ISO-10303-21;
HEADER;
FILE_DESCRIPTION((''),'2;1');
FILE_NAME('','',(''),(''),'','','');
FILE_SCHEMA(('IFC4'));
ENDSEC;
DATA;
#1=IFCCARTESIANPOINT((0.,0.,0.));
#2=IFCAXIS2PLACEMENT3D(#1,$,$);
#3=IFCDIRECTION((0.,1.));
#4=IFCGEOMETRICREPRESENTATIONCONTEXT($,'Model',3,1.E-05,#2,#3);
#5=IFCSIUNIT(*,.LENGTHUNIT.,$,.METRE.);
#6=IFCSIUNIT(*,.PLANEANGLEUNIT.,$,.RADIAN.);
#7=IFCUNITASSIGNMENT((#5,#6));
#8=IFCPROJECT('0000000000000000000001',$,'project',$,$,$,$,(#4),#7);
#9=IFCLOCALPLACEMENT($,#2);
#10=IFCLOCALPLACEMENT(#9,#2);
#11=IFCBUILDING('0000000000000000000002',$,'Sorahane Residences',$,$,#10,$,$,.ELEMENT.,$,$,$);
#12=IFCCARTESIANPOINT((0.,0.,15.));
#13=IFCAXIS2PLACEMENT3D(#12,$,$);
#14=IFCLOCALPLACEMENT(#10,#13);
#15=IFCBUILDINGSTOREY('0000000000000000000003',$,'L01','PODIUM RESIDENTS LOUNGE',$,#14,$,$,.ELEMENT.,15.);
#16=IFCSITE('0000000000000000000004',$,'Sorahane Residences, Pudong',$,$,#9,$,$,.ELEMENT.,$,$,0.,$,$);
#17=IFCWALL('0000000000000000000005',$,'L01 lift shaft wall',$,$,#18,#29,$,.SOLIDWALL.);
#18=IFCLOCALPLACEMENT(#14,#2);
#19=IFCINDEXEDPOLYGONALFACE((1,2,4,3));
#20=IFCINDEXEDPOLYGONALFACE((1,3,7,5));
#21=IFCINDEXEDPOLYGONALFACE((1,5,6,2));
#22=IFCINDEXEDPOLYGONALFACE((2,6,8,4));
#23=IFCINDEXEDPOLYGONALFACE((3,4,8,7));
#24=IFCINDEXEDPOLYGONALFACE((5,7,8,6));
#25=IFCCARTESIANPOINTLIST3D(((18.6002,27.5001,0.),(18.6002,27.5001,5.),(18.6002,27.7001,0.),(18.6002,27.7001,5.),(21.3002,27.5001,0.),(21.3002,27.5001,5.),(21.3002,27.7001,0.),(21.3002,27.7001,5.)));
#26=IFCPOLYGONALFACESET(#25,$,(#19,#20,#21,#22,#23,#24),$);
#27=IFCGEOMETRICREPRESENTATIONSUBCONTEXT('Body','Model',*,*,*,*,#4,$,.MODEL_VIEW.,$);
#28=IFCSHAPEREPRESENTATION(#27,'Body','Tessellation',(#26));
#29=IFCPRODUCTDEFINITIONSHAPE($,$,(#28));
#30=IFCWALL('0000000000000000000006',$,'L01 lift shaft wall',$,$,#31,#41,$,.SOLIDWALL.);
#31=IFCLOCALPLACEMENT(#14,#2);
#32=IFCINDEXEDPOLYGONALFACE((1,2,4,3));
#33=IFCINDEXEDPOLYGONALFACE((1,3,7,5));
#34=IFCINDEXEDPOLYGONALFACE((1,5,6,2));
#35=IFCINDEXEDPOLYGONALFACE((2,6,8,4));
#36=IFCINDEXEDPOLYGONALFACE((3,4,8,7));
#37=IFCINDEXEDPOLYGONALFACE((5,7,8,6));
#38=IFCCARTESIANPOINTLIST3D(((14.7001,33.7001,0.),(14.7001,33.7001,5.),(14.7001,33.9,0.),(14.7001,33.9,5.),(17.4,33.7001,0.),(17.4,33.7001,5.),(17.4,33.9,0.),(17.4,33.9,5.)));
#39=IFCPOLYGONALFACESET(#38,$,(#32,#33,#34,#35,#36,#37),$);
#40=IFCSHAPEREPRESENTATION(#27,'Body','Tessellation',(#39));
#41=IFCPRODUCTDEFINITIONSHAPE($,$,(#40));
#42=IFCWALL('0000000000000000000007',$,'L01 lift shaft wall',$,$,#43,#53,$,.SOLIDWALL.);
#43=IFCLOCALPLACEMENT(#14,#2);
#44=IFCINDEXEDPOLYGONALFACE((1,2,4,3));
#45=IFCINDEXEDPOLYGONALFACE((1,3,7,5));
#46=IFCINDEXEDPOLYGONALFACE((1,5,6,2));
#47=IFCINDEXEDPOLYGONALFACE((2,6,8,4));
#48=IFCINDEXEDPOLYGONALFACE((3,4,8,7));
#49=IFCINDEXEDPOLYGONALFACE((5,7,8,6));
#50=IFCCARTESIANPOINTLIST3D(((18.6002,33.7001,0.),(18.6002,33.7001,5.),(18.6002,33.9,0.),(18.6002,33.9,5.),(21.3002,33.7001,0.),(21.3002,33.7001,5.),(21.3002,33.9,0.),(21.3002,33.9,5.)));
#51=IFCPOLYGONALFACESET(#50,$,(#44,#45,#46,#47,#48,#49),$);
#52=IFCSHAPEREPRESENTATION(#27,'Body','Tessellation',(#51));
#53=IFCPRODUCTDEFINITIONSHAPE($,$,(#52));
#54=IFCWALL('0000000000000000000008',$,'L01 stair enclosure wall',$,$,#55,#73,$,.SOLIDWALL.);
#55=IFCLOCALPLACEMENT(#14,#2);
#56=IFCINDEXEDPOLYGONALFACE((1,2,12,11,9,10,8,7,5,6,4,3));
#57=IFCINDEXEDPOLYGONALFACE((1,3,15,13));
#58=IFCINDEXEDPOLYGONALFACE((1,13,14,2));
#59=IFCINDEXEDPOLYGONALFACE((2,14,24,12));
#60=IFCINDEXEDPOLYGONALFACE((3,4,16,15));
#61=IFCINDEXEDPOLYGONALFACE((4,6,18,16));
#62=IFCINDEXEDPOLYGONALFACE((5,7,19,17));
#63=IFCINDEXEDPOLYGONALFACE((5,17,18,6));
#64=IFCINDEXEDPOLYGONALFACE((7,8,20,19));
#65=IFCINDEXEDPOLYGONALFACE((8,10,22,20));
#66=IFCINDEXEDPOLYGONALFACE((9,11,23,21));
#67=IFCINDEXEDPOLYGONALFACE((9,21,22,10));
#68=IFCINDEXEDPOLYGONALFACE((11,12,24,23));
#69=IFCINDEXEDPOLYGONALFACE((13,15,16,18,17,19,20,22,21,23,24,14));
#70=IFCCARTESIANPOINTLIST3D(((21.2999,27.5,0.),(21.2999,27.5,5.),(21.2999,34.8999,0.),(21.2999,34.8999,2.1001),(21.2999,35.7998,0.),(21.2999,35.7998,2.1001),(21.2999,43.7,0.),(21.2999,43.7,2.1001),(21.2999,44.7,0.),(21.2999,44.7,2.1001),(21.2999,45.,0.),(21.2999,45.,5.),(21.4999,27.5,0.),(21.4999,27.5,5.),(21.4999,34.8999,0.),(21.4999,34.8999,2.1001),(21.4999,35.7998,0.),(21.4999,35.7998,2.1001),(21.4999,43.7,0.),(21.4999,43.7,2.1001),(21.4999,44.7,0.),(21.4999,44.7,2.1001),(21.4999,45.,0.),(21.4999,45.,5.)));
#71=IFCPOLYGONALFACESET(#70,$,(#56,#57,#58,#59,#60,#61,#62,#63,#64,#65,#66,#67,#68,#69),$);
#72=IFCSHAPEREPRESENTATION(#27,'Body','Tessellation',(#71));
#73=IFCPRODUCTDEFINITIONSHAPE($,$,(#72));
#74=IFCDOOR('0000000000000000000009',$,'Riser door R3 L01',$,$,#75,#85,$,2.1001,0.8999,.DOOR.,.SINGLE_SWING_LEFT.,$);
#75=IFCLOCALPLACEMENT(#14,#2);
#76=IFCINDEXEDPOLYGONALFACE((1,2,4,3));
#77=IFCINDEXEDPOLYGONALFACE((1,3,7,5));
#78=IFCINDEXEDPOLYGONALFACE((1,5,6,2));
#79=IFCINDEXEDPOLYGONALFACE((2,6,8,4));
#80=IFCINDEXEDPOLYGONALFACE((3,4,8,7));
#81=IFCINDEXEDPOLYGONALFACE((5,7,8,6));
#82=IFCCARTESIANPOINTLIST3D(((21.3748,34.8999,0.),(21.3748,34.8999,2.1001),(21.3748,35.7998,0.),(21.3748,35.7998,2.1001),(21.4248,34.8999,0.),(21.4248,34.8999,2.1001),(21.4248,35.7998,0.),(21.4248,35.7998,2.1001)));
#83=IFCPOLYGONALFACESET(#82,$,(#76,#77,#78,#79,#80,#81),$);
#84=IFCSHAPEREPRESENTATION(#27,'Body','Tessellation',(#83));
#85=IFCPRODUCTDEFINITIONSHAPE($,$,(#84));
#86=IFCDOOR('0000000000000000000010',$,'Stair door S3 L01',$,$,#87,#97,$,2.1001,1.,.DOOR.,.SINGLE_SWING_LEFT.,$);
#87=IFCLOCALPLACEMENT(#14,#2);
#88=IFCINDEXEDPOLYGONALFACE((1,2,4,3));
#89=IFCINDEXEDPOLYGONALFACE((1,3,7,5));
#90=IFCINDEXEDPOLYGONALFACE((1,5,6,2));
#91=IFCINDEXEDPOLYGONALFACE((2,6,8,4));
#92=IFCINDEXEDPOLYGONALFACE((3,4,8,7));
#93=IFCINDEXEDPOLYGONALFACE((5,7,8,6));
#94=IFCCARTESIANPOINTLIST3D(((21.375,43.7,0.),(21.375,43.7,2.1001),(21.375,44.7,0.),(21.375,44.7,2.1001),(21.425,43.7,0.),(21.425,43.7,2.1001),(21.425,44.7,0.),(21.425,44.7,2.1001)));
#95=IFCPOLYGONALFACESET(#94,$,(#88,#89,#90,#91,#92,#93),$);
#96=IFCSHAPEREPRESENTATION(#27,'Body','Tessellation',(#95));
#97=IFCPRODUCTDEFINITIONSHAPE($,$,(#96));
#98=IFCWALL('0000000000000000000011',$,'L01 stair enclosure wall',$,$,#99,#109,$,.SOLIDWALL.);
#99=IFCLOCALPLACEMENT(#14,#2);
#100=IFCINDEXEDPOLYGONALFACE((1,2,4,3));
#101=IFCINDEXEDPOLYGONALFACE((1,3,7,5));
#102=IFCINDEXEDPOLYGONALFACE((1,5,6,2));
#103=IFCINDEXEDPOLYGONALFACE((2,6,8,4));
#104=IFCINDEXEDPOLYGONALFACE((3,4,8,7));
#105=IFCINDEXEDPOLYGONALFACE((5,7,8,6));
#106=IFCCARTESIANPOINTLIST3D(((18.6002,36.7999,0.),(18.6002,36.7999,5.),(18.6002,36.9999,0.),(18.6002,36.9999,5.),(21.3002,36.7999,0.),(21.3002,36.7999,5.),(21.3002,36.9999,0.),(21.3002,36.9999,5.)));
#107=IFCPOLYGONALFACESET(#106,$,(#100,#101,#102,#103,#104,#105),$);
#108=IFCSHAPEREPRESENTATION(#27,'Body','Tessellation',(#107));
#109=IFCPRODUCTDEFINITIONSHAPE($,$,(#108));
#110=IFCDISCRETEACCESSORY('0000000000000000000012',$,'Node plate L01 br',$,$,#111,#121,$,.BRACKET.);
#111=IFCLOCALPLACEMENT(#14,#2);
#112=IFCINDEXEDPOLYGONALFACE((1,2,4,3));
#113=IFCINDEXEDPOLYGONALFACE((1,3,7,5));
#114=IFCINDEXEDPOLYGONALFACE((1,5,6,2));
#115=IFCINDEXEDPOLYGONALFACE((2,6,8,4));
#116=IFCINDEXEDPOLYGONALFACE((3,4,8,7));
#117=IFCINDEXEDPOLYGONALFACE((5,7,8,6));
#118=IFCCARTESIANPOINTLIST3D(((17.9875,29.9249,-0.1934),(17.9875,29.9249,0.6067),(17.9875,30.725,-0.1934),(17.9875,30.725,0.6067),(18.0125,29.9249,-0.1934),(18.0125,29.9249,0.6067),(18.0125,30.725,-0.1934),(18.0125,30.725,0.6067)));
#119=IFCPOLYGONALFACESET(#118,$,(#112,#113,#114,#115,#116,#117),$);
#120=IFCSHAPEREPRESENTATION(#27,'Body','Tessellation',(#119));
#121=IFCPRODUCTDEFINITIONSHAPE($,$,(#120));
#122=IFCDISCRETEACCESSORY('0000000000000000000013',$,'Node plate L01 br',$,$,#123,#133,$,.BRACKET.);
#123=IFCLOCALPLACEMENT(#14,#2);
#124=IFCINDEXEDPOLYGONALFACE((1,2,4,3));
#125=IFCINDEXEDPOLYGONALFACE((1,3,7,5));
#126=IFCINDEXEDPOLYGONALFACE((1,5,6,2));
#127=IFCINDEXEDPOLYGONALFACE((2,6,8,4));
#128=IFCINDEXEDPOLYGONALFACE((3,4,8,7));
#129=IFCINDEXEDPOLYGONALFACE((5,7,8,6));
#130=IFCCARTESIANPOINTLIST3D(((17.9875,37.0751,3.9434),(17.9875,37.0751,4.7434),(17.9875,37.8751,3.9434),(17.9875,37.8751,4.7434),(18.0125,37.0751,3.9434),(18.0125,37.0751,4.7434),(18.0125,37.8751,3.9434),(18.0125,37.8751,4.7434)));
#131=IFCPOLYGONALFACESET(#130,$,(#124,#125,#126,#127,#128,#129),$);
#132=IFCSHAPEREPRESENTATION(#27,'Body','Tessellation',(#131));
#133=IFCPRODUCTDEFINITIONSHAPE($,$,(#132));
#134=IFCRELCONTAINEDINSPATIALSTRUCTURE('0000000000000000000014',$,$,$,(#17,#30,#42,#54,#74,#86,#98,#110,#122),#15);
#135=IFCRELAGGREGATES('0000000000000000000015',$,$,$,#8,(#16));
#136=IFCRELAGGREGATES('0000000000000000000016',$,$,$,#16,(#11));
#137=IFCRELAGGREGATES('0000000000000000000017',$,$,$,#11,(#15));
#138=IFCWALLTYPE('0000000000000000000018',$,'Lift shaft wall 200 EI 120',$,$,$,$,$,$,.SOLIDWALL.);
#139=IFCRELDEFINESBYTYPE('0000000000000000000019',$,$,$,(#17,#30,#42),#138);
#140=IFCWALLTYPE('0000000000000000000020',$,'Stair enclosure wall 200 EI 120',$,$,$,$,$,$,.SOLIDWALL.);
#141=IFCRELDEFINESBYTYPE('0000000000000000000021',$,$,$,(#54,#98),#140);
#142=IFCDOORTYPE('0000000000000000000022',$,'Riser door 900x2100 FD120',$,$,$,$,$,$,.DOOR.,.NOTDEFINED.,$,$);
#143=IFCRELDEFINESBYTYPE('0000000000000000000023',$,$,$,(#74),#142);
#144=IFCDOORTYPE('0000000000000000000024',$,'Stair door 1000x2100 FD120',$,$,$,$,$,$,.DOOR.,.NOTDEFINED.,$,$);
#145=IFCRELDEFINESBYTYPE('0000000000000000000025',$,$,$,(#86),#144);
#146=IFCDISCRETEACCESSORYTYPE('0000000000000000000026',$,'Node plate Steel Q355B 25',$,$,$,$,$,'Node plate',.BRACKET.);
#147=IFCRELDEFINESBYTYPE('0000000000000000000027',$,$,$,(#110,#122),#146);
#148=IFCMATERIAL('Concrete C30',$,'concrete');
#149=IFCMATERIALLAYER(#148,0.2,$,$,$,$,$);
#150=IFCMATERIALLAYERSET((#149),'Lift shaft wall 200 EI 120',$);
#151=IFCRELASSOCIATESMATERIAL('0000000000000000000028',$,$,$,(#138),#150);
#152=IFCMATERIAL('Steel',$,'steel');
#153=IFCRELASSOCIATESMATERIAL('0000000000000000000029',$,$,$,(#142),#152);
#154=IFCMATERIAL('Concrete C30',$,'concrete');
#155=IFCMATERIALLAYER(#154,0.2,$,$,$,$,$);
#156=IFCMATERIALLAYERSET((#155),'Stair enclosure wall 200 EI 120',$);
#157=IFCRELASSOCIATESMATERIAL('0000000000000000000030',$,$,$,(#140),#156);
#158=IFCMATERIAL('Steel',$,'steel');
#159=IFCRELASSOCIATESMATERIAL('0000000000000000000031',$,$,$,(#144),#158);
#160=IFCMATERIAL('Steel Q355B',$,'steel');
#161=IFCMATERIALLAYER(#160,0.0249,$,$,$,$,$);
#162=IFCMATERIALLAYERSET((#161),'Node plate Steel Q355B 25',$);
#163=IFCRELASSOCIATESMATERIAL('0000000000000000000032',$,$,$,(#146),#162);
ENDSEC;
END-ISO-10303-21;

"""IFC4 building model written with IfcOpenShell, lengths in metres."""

from ifc_helpers import new_model, si_unit, direction, frame, frame_2d, origin, origin_2d, place, context, subcontext, project, spatial, rectangle, extrude, material, layer, layer_set, type_object, element, fill, save


model = new_model("IFC4")

# Units and contexts
model_context = context("Model", 3, precision=1e-05, world=origin(), true_north=direction((0.0, 1.0)))
body_context = subcontext(model_context, "Body", "Model", "MODEL_VIEW")
ifc_project = project(units=[si_unit("LENGTHUNIT", "METRE"), si_unit("PLANEANGLEUNIT", "RADIAN")], contexts=[model_context])

# Site, building, storey
site_placement = place(None, origin())
site = spatial("IfcSite", under=ifc_project, at=site_placement, Name="Sorahane Residences, Pudong", CompositionType="ELEMENT", RefElevation=0.0)
building_placement = place(site_placement, origin())
building = spatial("IfcBuilding", under=site, at=building_placement, Name="Sorahane Residences", CompositionType="ELEMENT")
storey_placement = place(building_placement, frame((0.0, 0.0, 15.0)))
storey = spatial("IfcBuildingStorey", under=building, at=storey_placement, Name="L01", Description="PODIUM RESIDENTS LOUNGE", CompositionType="ELEMENT", Elevation=15.0)

# Shared definitions
ifc_material_1 = material(Name="Concrete C30", Category="concrete")
ifc_layer_1 = layer(ifc_material_1, 0.2)
ifc_layer_set_1 = layer_set([ifc_layer_1], Name="Lift shaft wall 200 EI 120")
wall_type_1 = type_object("IfcWallType", Name="Lift shaft wall 200 EI 120", PredefinedType="SOLIDWALL", material=ifc_layer_set_1)
ifc_material_2 = material(Name="Steel", Category="steel")
door_type_1 = type_object("IfcDoorType", Name="Riser door 900x2100 FD120", OperationType="NOTDEFINED", PredefinedType="DOOR", material=ifc_material_2)

# Walls
for number, where, z_axis, x_axis, name in (
    (1, (18.6001, 27.6001, 0.0), (0.0, 0.0, 1.0), (1.0, 0.0, 0.0), "L01 lift shaft wall"),
    (2, (14.7, 33.8, 0.0), (0.0, 0.0, 1.0), (1.0, 0.0, 0.0), "L01 lift shaft wall"),
    (3, (18.6001, 33.8, 0.0), (0.0, 0.0, 1.0), (1.0, 0.0, 0.0), "L01 lift shaft wall"),
):
    element("IfcWall", number, at=place(storey_placement, frame(where, z_axis=z_axis, x_axis=x_axis)), inside=storey, type_object=wall_type_1, Name=name, PredefinedType="SOLIDWALL", context=body_context, shape_type="SweptSolid", body=[
        extrude(rectangle(XDim=2.7, YDim=0.2, at=frame_2d((1.3501, 0.0))), origin(), (0.0, 0.0, 1.0), 5.0),
    ])

# Wall, openings, doors
ifc_material_3 = material(Name="Concrete C30", Category="concrete")
ifc_layer_2 = layer(ifc_material_3, 0.2)
ifc_layer_set_2 = layer_set([ifc_layer_2], Name="Stair enclosure wall 200 EI 120")
wall_type_2 = type_object("IfcWallType", Name="Stair enclosure wall 200 EI 120", PredefinedType="SOLIDWALL", material=ifc_layer_set_2)
wall_1_placement = place(storey_placement, frame((21.3999, 27.5, 0.0), z_axis=(0.0, 0.0, 1.0), x_axis=(0.0, 1.0, 0.0)))
wall_1 = element("IfcWall", 4, at=wall_1_placement, inside=storey, type_object=wall_type_2, Name="L01 stair enclosure wall", PredefinedType="SOLIDWALL", context=body_context, shape_type="SweptSolid", body=[
    extrude(rectangle(XDim=17.5, YDim=0.2, at=frame_2d((8.75, 0.0))), origin(), (0.0, 0.0, 1.0), 5.0),
])
opening_1_placement = place(wall_1_placement, frame((16.2, 0.0, 0.0)))
opening_1 = element("IfcOpeningElement", 5, at=opening_1_placement, cuts=wall_1, PredefinedType="OPENING", context=body_context, shape_type="SweptSolid", body=[
    extrude(rectangle(XDim=1.0, YDim=2.1001, at=frame_2d((0.5, 1.05))), frame((0.0, 0.1099, 0.0), z_axis=(0.0, -1.0, 0.0), x_axis=(1.0, 0.0, 0.0)), (0.0, 0.0, 1.0), 0.22),
])
opening_2_placement = place(wall_1_placement, frame((7.3999, 0.0, 0.0)))
opening_2 = element("IfcOpeningElement", 6, at=opening_2_placement, cuts=wall_1, PredefinedType="OPENING", context=body_context, shape_type="SweptSolid", body=[
    extrude(rectangle(XDim=0.8999, YDim=2.1001, at=frame_2d((0.45, 1.05))), frame((0.0, 0.1099, 0.0), z_axis=(0.0, -1.0, 0.0), x_axis=(1.0, 0.0, 0.0)), (0.0, 0.0, 1.0), 0.22),
])
door_1_placement = place(opening_2_placement, frame((0.8999, 0.0, 0.0), z_axis=(0.0, 0.0, 1.0), x_axis=(-1.0, 0.0, 0.0)))
door_1 = element("IfcDoor", 7, at=door_1_placement, inside=storey, type_object=door_type_1, Name="Riser door R3 L01", OperationType="SINGLE_SWING_LEFT", OverallHeight=2.1001, OverallWidth=0.8999, PredefinedType="DOOR", context=body_context, shape_type="SweptSolid", body=[
    extrude(rectangle(XDim=0.8999, YDim=2.1001, at=frame_2d((0.45, 1.05))), frame((0.0, 0.0249, 0.0), z_axis=(0.0, -1.0, 0.0), x_axis=(1.0, 0.0, 0.0)), (0.0, 0.0, 1.0), 0.05),
])
fill(opening_2, door_1)
ifc_material_4 = material(Name="Steel", Category="steel")
door_type_2 = type_object("IfcDoorType", Name="Stair door 1000x2100 FD120", OperationType="NOTDEFINED", PredefinedType="DOOR", material=ifc_material_4)
door_2_placement = place(opening_1_placement, origin())
door_2 = element("IfcDoor", 8, at=door_2_placement, inside=storey, type_object=door_type_2, Name="Stair door S3 L01", OperationType="SINGLE_SWING_LEFT", OverallHeight=2.1001, OverallWidth=1.0, PredefinedType="DOOR", context=body_context, shape_type="SweptSolid", body=[
    extrude(rectangle(XDim=1.0, YDim=2.1001, at=frame_2d((0.5, 1.05))), frame((0.0, 0.0249, 0.0), z_axis=(0.0, -1.0, 0.0), x_axis=(1.0, 0.0, 0.0)), (0.0, 0.0, 1.0), 0.05),
])
fill(opening_1, door_2)

# Wall
wall_2_placement = place(storey_placement, frame((18.6001, 36.8999, 0.0), z_axis=(0.0, 0.0, 1.0), x_axis=(1.0, 0.0, 0.0)))
element("IfcWall", 9, at=wall_2_placement, inside=storey, type_object=wall_type_2, Name="L01 stair enclosure wall", PredefinedType="SOLIDWALL", context=body_context, shape_type="SweptSolid", body=[
    extrude(rectangle(XDim=2.7, YDim=0.2, at=frame_2d((1.3501, 0.0))), origin(), (0.0, 0.0, 1.0), 5.0),
])

# Discrete accessories
ifc_material_5 = material(Name="Steel Q355B", Category="steel")
ifc_layer_3 = layer(ifc_material_5, 0.0249)
ifc_layer_set_3 = layer_set([ifc_layer_3], Name="Node plate Steel Q355B 25")
discrete_accessory_type = type_object("IfcDiscreteAccessoryType", Name="Node plate Steel Q355B 25", ElementType="Node plate", PredefinedType="BRACKET", material=ifc_layer_set_3)
for number, where, z_axis, x_axis, name in (
    (10, (18.0, 30.325, -0.1934), (0.0, 0.0, 1.0), (0.0, 1.0, 0.0), "Node plate L01 br"),
    (11, (18.0, 37.4751, 3.9434), (0.0, 0.0, 1.0), (0.0, 1.0, 0.0), "Node plate L01 br"),
):
    element("IfcDiscreteAccessory", number, at=place(storey_placement, frame(where, z_axis=z_axis, x_axis=x_axis)), inside=storey, type_object=discrete_accessory_type, Name=name, PredefinedType="BRACKET", context=body_context, shape_type="SweptSolid", body=[
        extrude(rectangle(XDim=0.8, YDim=0.0249, at=origin_2d()), origin(), (0.0, 0.0, 1.0), 0.8),
    ])

save(model, "model.ifc")
